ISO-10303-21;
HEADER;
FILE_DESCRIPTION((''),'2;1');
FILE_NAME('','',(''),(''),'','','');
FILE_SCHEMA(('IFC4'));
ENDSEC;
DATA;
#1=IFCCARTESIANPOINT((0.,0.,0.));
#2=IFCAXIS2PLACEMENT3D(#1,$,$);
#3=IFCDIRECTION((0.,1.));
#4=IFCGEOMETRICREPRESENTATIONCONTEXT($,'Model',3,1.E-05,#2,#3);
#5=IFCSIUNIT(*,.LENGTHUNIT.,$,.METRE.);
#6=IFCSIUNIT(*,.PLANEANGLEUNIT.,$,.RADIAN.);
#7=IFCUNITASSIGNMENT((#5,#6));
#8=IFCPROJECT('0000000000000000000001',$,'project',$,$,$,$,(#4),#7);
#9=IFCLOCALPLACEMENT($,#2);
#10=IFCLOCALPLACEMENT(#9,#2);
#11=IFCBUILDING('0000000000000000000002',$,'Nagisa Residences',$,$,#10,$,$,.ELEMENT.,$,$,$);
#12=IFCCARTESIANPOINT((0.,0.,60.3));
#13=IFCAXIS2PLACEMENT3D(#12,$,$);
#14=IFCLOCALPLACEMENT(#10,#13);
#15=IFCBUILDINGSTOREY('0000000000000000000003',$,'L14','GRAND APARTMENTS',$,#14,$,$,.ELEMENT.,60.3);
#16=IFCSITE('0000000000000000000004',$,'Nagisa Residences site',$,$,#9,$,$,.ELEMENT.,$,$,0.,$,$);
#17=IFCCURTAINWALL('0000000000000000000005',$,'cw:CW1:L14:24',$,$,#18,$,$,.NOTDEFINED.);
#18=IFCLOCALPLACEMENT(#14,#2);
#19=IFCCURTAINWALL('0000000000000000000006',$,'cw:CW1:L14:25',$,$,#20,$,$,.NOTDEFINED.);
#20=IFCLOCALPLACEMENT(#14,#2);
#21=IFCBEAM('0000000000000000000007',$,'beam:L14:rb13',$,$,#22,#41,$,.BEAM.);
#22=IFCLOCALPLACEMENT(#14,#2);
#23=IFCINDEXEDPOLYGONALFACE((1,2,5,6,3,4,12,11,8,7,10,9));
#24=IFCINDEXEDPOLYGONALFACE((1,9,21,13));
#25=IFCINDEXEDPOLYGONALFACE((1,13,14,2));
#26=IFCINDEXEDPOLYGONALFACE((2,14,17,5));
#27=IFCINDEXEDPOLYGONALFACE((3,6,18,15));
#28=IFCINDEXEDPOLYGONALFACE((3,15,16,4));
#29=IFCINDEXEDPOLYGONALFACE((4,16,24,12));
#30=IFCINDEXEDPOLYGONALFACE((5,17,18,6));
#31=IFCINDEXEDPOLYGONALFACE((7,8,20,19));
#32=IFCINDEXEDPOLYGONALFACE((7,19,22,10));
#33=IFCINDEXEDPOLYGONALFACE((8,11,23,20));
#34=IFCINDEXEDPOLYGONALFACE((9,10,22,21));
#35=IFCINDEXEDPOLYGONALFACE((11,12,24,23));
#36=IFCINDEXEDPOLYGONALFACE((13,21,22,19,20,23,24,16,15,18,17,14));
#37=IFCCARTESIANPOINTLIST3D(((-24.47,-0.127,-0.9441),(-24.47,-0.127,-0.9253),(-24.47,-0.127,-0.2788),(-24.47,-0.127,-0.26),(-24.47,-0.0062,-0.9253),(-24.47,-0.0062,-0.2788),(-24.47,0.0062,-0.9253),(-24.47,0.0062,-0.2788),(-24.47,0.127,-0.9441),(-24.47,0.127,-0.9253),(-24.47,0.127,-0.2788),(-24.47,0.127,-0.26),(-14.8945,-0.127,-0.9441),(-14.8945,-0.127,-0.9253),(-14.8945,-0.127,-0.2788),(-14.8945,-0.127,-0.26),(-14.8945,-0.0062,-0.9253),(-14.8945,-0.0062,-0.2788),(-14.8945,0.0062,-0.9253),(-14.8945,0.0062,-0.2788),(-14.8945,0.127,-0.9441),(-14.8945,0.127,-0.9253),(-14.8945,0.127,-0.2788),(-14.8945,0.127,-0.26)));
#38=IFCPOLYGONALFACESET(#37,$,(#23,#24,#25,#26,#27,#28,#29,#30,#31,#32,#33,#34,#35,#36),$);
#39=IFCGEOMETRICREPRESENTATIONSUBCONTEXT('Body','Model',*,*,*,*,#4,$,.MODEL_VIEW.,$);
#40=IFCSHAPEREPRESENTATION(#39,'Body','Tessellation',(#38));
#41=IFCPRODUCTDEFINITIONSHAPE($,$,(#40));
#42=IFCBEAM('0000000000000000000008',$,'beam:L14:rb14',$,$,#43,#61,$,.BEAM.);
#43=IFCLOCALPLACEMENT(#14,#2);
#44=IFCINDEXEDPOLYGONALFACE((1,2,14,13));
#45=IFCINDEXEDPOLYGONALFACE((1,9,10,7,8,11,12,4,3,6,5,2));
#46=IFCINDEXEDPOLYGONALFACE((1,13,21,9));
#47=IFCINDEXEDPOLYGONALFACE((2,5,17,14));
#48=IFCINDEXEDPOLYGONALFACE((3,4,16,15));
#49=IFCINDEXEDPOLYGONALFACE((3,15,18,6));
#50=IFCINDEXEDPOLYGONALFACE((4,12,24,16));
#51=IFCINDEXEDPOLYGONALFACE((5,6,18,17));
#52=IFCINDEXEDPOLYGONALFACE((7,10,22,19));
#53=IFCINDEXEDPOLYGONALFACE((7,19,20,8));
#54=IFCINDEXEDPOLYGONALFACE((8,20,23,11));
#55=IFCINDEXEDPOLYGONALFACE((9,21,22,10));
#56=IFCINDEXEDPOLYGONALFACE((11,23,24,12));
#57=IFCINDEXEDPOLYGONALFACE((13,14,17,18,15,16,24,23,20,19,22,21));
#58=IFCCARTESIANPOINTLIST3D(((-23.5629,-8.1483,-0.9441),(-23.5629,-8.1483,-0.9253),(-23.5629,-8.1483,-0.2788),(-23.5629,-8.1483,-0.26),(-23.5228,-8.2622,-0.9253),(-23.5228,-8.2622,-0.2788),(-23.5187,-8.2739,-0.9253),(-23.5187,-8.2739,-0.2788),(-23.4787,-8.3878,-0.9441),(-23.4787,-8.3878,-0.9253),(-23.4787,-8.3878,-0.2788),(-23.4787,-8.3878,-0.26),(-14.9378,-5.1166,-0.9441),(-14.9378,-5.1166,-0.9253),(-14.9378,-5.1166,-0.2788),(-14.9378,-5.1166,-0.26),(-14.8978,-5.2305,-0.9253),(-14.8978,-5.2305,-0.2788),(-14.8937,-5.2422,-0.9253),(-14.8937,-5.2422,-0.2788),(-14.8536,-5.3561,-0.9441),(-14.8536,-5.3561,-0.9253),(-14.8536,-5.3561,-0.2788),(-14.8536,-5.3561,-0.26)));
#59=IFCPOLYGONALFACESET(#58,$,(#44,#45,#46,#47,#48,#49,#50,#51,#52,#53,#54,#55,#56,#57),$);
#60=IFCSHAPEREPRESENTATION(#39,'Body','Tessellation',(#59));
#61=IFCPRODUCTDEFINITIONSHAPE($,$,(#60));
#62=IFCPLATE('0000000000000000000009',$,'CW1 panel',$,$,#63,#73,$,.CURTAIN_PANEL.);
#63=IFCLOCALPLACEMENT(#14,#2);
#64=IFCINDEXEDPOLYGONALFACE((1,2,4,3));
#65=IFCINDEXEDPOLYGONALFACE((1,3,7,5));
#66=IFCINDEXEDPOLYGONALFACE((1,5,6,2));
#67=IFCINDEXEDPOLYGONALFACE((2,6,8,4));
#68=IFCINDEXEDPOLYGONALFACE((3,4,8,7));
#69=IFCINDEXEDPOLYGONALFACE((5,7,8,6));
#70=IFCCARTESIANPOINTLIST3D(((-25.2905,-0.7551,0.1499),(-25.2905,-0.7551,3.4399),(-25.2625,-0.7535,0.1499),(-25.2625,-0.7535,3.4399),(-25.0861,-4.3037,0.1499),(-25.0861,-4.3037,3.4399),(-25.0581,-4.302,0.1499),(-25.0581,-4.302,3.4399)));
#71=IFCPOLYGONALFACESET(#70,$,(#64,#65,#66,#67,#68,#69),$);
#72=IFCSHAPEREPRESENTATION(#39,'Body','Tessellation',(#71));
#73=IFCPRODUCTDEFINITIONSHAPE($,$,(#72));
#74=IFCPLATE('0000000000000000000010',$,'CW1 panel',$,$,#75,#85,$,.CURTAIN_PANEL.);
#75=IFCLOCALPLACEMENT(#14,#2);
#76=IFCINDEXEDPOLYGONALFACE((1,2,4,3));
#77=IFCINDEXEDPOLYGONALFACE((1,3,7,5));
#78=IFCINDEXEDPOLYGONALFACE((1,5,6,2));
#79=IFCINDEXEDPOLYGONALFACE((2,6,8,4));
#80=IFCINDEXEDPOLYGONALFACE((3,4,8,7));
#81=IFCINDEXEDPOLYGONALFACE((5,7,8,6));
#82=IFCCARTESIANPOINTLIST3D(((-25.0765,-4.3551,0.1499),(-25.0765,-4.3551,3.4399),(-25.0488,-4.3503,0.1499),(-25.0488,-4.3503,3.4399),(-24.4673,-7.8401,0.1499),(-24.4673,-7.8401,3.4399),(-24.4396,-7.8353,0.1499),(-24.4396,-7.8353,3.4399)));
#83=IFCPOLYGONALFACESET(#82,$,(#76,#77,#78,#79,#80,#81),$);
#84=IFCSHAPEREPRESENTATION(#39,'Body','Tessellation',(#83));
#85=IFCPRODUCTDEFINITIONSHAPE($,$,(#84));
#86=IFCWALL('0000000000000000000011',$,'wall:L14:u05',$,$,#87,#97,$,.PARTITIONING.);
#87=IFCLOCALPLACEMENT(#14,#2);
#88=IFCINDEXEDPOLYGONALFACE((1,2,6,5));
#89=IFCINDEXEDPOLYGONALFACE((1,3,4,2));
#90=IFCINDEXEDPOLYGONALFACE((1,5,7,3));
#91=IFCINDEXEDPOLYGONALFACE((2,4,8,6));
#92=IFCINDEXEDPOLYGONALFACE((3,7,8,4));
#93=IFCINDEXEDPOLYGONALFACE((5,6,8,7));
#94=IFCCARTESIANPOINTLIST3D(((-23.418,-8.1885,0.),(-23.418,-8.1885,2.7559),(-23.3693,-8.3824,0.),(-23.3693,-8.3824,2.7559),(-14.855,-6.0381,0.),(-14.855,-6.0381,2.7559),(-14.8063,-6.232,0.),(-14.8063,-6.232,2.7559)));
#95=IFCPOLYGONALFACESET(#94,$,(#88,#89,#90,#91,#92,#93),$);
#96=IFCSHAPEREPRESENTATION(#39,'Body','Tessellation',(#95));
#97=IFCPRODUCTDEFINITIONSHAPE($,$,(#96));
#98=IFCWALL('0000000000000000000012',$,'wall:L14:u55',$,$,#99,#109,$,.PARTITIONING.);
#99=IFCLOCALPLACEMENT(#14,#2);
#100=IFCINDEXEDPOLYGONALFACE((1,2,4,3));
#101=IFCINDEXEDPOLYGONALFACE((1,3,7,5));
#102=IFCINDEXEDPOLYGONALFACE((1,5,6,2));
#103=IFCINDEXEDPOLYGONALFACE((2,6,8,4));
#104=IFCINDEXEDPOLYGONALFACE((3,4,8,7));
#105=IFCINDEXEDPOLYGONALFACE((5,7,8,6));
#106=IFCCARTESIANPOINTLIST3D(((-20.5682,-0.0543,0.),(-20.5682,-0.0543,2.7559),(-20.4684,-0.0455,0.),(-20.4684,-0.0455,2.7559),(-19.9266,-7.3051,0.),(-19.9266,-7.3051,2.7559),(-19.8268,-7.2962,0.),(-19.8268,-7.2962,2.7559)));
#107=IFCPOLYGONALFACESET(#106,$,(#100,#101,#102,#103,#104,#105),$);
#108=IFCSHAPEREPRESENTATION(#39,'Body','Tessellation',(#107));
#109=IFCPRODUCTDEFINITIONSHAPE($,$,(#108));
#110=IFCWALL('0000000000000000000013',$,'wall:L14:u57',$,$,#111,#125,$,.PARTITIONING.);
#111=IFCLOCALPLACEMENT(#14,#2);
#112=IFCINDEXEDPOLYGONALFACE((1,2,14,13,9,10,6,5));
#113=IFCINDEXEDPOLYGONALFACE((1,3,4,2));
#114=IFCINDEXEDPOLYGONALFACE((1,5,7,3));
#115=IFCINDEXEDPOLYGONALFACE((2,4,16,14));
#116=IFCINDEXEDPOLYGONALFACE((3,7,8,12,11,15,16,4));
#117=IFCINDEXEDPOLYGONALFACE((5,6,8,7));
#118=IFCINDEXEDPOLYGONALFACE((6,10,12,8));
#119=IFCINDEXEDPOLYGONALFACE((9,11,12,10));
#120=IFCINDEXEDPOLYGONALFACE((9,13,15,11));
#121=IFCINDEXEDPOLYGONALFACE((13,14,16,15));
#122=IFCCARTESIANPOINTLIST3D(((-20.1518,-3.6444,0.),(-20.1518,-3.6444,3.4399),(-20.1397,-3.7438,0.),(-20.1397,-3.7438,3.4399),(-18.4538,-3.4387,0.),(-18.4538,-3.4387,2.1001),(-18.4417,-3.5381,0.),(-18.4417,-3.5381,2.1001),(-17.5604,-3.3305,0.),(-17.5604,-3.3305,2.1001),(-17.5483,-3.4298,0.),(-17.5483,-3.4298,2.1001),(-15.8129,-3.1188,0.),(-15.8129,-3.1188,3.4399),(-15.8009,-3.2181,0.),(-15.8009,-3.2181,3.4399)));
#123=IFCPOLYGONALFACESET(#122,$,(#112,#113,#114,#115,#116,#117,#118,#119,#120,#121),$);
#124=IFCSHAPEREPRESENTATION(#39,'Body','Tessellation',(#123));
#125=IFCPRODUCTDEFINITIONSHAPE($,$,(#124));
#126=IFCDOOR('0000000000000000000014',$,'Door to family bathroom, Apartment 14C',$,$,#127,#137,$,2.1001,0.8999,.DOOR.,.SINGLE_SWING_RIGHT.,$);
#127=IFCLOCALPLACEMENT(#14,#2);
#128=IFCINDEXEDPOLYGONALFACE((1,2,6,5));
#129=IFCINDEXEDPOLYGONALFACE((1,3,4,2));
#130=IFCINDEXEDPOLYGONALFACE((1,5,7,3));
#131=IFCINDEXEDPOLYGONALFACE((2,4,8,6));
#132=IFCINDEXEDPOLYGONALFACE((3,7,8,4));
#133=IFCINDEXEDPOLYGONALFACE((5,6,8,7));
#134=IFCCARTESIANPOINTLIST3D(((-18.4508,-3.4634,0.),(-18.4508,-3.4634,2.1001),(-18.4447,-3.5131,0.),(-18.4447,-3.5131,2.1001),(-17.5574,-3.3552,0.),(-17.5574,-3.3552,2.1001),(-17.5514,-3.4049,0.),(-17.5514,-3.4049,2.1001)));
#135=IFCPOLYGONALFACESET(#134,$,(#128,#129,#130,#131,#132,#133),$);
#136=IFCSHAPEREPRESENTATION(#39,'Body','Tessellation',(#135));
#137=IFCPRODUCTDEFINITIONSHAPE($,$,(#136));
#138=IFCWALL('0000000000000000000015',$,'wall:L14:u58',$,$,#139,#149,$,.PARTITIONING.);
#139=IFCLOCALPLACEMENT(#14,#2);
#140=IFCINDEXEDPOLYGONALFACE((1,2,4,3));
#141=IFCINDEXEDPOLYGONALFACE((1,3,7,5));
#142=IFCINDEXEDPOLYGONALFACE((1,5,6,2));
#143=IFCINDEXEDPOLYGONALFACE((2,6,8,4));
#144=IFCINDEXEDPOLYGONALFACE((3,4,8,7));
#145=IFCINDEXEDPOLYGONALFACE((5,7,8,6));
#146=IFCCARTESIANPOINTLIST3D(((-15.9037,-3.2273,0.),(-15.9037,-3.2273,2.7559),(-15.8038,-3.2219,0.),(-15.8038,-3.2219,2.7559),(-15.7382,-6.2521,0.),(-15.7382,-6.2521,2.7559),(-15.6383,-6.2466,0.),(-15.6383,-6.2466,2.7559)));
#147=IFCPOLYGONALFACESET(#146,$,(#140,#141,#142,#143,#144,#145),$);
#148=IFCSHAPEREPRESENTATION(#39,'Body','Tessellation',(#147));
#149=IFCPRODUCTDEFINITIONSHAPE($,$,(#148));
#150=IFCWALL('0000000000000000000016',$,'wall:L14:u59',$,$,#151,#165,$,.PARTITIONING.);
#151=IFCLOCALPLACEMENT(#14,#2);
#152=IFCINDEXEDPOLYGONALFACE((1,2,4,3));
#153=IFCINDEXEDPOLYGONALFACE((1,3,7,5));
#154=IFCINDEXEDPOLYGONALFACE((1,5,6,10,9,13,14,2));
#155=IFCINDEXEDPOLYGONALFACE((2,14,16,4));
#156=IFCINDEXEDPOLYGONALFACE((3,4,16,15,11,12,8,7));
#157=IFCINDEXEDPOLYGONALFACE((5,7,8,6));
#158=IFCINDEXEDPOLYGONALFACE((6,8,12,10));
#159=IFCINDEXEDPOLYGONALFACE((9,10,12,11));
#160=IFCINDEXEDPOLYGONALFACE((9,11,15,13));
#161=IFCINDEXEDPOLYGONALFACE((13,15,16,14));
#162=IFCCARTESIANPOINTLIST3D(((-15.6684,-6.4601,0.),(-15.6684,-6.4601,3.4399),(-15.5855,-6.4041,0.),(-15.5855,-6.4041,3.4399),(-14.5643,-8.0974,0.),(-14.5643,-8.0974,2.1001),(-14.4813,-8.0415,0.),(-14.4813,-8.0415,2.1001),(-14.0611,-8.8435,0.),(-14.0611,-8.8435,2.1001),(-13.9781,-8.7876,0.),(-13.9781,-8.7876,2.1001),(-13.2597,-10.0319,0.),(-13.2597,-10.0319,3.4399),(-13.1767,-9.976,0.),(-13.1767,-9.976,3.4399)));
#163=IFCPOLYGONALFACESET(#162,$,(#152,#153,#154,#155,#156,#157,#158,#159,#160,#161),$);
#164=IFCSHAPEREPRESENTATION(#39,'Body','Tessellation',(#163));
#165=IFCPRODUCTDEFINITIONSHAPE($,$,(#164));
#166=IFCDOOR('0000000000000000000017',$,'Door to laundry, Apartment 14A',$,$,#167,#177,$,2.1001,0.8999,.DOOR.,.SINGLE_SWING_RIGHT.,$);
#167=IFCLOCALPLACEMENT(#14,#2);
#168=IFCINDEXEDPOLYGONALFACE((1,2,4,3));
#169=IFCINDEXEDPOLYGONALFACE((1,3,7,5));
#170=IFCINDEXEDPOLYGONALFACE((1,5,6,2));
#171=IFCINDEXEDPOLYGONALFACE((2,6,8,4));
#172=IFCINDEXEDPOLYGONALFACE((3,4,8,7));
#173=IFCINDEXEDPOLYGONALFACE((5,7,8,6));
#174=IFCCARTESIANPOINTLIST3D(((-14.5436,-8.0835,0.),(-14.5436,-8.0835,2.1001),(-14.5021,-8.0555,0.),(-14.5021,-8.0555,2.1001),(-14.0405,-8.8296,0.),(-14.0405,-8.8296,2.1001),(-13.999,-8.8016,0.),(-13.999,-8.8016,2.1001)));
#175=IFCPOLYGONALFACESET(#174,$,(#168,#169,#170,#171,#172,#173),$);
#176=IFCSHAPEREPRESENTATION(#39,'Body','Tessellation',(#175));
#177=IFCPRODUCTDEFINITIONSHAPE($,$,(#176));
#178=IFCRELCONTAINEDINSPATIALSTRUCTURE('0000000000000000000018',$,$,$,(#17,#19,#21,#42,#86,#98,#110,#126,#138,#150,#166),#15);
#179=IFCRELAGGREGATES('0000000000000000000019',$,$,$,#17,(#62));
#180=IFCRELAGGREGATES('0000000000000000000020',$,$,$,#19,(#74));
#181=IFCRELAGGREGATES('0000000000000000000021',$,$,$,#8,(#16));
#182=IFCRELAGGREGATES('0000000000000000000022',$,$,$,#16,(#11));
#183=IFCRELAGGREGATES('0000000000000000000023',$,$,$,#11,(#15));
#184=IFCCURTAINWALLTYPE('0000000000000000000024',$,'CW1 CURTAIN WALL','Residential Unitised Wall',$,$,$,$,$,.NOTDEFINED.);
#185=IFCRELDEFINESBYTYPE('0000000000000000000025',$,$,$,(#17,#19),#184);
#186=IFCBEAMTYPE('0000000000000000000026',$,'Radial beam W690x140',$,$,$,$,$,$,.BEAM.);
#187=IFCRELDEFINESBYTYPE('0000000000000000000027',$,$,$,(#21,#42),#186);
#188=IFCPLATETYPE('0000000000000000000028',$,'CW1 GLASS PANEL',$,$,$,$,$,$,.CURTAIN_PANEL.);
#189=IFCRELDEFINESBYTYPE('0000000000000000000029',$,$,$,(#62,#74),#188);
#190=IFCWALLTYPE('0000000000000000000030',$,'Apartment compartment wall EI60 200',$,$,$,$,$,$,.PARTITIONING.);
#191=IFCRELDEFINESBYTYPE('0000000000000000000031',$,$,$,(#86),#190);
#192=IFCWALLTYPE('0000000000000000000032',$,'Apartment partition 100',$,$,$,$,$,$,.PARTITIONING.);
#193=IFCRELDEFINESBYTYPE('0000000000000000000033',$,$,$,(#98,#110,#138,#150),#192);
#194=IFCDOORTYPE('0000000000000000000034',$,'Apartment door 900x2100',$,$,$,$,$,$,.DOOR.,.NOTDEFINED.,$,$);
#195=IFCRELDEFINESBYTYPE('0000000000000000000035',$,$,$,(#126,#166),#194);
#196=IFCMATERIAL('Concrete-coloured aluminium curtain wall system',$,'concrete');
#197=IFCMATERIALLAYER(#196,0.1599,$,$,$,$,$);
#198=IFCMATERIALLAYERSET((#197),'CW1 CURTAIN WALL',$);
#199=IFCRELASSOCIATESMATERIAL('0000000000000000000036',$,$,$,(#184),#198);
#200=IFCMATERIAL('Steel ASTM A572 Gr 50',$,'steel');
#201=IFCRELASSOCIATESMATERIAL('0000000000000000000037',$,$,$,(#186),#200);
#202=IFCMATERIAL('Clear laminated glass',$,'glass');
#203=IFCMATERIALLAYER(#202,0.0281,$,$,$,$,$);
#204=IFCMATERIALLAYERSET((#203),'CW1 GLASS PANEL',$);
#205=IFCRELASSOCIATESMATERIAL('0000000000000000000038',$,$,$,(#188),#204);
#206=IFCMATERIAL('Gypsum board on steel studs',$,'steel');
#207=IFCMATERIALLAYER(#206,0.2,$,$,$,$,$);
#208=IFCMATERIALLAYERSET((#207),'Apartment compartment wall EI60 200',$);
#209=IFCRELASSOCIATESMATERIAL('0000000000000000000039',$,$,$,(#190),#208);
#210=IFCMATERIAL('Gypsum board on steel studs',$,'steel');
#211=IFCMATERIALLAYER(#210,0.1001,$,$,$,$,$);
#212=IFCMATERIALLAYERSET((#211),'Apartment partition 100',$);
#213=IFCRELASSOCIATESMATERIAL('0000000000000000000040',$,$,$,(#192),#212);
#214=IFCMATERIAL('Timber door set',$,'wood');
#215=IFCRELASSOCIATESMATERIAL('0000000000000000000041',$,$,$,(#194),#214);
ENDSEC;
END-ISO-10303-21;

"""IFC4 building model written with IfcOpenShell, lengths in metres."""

from ifc_helpers import new_model, si_unit, direction, frame, frame_2d, origin, origin_2d, place, context, subcontext, project, spatial, rectangle, i_section, extrude, material, layer, layer_set, material_profile, profile_set, type_object, element, fill, aggregate, save


model = new_model("IFC4")

# Units and contexts
model_context = context("Model", 3, precision=1e-05, world=origin(), true_north=direction((0.0, 1.0)))
body_context = subcontext(model_context, "Body", "Model", "MODEL_VIEW")
ifc_project = project(units=[si_unit("LENGTHUNIT", "METRE"), si_unit("PLANEANGLEUNIT", "RADIAN")], contexts=[model_context])

# Site, building, storey
site_placement = place(None, origin())
site = spatial("IfcSite", under=ifc_project, at=site_placement, Name="Nagisa Residences site", CompositionType="ELEMENT", RefElevation=0.0)
building_placement = place(site_placement, origin())
building = spatial("IfcBuilding", under=site, at=building_placement, Name="Nagisa Residences", CompositionType="ELEMENT")
storey_placement = place(building_placement, frame((0.0, 0.0, 60.3)))
storey = spatial("IfcBuildingStorey", under=building, at=storey_placement, Name="L14", Description="GRAND APARTMENTS", CompositionType="ELEMENT", Elevation=60.3)

# Curtain walls
ifc_material_1 = material(Name="Concrete-coloured aluminium curtain wall system", Category="concrete")
ifc_layer_1 = layer(ifc_material_1, 0.1599)
ifc_layer_set_1 = layer_set([ifc_layer_1], Name="CW1 CURTAIN WALL")
curtain_wall_type = type_object("IfcCurtainWallType", Name="CW1 CURTAIN WALL", Description="Residential Unitised Wall", PredefinedType="NOTDEFINED", material=ifc_layer_set_1)
curtain_wall_1_placement = place(storey_placement, origin())
curtain_wall_1 = element("IfcCurtainWall", 1, at=curtain_wall_1_placement, inside=storey, type_object=curtain_wall_type, Name="cw:CW1:L14:24", PredefinedType="NOTDEFINED")
curtain_wall_2_placement = place(storey_placement, origin())
curtain_wall_2 = element("IfcCurtainWall", 2, at=curtain_wall_2_placement, inside=storey, type_object=curtain_wall_type, Name="cw:CW1:L14:25", PredefinedType="NOTDEFINED")

# Beams
ifc_material_2 = material(Name="Steel ASTM A572 Gr 50", Category="steel")
ifc_material_profile_1 = material_profile(ifc_material_2, i_section(OverallWidth=0.2539, OverallDepth=0.6841, WebThickness=0.0125, FlangeThickness=0.0188, at=origin_2d()), Name="W690x140")
ifc_profile_set_1 = profile_set([ifc_material_profile_1], Name="Steel ASTM A572 Gr 50")
beam_type_1 = type_object("IfcBeamType", Name="Radial beam W690x140", PredefinedType="BEAM", material=ifc_profile_set_1)
beam_1_placement = place(storey_placement, frame((-24.47, 0.0, -0.6021), z_axis=(1.0, 0.0, 0.0), x_axis=(0.0, 1.0, 0.0)))
element("IfcBeam", 3, at=beam_1_placement, inside=storey, type_object=beam_type_1, Name="beam:L14:rb13", PredefinedType="BEAM", context=body_context, shape_type="SweptSolid", body=[
    extrude(i_section(OverallWidth=0.2539, OverallDepth=0.6841, WebThickness=0.0125, FlangeThickness=0.0188, at=origin_2d()), origin(), (0.0, 0.0, 1.0), 9.5754),
])
beam_2_placement = place(storey_placement, frame((-23.5208, -8.2681, -0.6021), z_axis=(0.943415, 0.331616, 0.0), x_axis=(-0.331616, 0.943415, 0.0)))
element("IfcBeam", 4, at=beam_2_placement, inside=storey, type_object=beam_type_1, Name="beam:L14:rb14", PredefinedType="BEAM", context=body_context, shape_type="SweptSolid", body=[
    extrude(i_section(OverallWidth=0.2539, OverallDepth=0.6841, WebThickness=0.0125, FlangeThickness=0.0188, at=origin_2d()), origin(), (0.0, 0.0, 1.0), 9.1423),
])

# Plates
ifc_material_3 = material(Name="Clear laminated glass", Category="glass")
ifc_layer_2 = layer(ifc_material_3, 0.0281)
ifc_layer_set_2 = layer_set([ifc_layer_2], Name="CW1 GLASS PANEL")
plate_type = type_object("IfcPlateType", Name="CW1 GLASS PANEL", PredefinedType="CURTAIN_PANEL", material=ifc_layer_set_2)
plate_1_placement = place(storey_placement, frame((-25.1743, -2.5286, 0.1499), z_axis=(0.0, 0.0, 1.0), x_axis=(0.057503, -0.998345, 0.0)))
plate_1 = element("IfcPlate", 5, at=plate_1_placement, type_object=plate_type, Name="CW1 panel", PredefinedType="CURTAIN_PANEL", context=body_context, shape_type="SweptSolid", body=[
    extrude(rectangle(XDim=3.5544, YDim=0.0281, at=origin_2d()), origin(), (0.0, 0.0, 1.0), 3.29),
])
aggregate(curtain_wall_1, [plate_1])
plate_2_placement = place(storey_placement, frame((-24.7581, -6.0952, 0.1499), z_axis=(0.0, 0.0, 1.0), x_axis=(0.172191, -0.985064, 0.0)))
plate_2 = element("IfcPlate", 6, at=plate_2_placement, type_object=plate_type, Name="CW1 panel", PredefinedType="CURTAIN_PANEL", context=body_context, shape_type="SweptSolid", body=[
    extrude(rectangle(XDim=3.5378, YDim=0.0281, at=origin_2d()), origin(), (0.0, 0.0, 1.0), 3.29),
])
aggregate(curtain_wall_2, [plate_2])

# Walls
ifc_material_4 = material(Name="Gypsum board on steel studs", Category="steel")
ifc_layer_3 = layer(ifc_material_4, 0.2)
ifc_layer_set_3 = layer_set([ifc_layer_3], Name="Apartment compartment wall EI60 200")
wall_type_1 = type_object("IfcWallType", Name="Apartment compartment wall EI60 200", PredefinedType="PARTITIONING", material=ifc_layer_set_3)
wall_1_placement = place(storey_placement, frame((-14.8306, -6.135, 0.0), z_axis=(0.0, 0.0, 1.0), x_axis=(-0.969885, -0.243564, 0.0)))
element("IfcWall", 7, at=wall_1_placement, inside=storey, type_object=wall_type_1, Name="wall:L14:u05", PredefinedType="PARTITIONING", context=body_context, shape_type="SweptSolid", body=[
    extrude(rectangle(XDim=8.8289, YDim=0.2, at=frame_2d((4.4146, 0.0))), origin(), (0.0, 0.0, 1.0), 2.7559),
])
ifc_material_5 = material(Name="Gypsum board on steel studs", Category="steel")
ifc_layer_4 = layer(ifc_material_5, 0.1001)
ifc_layer_set_4 = layer_set([ifc_layer_4], Name="Apartment partition 100")
wall_type_2 = type_object("IfcWallType", Name="Apartment partition 100", PredefinedType="PARTITIONING", material=ifc_layer_set_4)
wall_2_placement = place(storey_placement, frame((-20.5183, -0.0498, 0.0), z_axis=(0.0, 0.0, 1.0), x_axis=(0.088143, -0.996108, 0.0)))
element("IfcWall", 8, at=wall_2_placement, inside=storey, type_object=wall_type_2, Name="wall:L14:u55", PredefinedType="PARTITIONING", context=body_context, shape_type="SweptSolid", body=[
    extrude(rectangle(XDim=7.2791, YDim=0.1001, at=frame_2d((3.6396, 0.0))), origin(), (0.0, 0.0, 1.0), 2.7559),
])

# Wall, opening, door
wall_3_placement = place(storey_placement, frame((-15.8069, -3.1685, 0.0), z_axis=(0.0, 0.0, 1.0), x_axis=(-0.992742, -0.120266, 0.0)))
wall_3 = element("IfcWall", 9, at=wall_3_placement, inside=storey, type_object=wall_type_2, Name="wall:L14:u57", PredefinedType="PARTITIONING", context=body_context, shape_type="SweptSolid", body=[
    extrude(rectangle(XDim=4.3706, YDim=0.1001, at=frame_2d((2.1853, 0.0))), origin(), (0.0, 0.0, 1.0), 3.4399),
])
opening_1_placement = place(wall_3_placement, frame((1.7603, 0.0, 0.0)))
opening_1 = element("IfcOpeningElement", 10, at=opening_1_placement, cuts=wall_3, PredefinedType="OPENING", context=body_context, shape_type="SweptSolid", body=[
    extrude(rectangle(XDim=0.8999, YDim=2.1001, at=frame_2d((0.45, 1.05))), frame((0.0, 0.0601, 0.0), z_axis=(0.0, -1.0, 0.0), x_axis=(1.0, 0.0, 0.0)), (0.0, 0.0, 1.0), 0.1201),
])
ifc_material_6 = material(Name="Timber door set", Category="wood")
door_type_1 = type_object("IfcDoorType", Name="Apartment door 900x2100", OperationType="NOTDEFINED", PredefinedType="DOOR", material=ifc_material_6)
door_1_placement = place(opening_1_placement, origin())
door_1 = element("IfcDoor", 11, at=door_1_placement, inside=storey, type_object=door_type_1, Name="Door to family bathroom, Apartment 14C", OperationType="SINGLE_SWING_RIGHT", OverallHeight=2.1001, OverallWidth=0.8999, PredefinedType="DOOR", context=body_context, shape_type="SweptSolid", body=[
    extrude(rectangle(XDim=0.8999, YDim=2.1001, at=frame_2d((0.45, 1.05))), frame((0.0, 0.0249, 0.0), z_axis=(0.0, -1.0, 0.0), x_axis=(1.0, 0.0, 0.0)), (0.0, 0.0, 1.0), 0.05),
])
fill(opening_1, door_1)

# Wall
wall_4_placement = place(storey_placement, frame((-15.8538, -3.2246, 0.0), z_axis=(0.0, 0.0, 1.0), x_axis=(0.054644, -0.998506, 0.0)))
element("IfcWall", 12, at=wall_4_placement, inside=storey, type_object=wall_type_2, Name="wall:L14:u58", PredefinedType="PARTITIONING", context=body_context, shape_type="SweptSolid", body=[
    extrude(rectangle(XDim=3.0293, YDim=0.1001, at=frame_2d((1.5146, 0.0))), origin(), (0.0, 0.0, 1.0), 2.7559),
])

# Wall, opening, door
wall_5_placement = place(storey_placement, frame((-15.627, -6.4321, 0.0), z_axis=(0.0, 0.0, 1.0), x_axis=(0.559113, -0.829092, 0.0)))
wall_5 = element("IfcWall", 13, at=wall_5_placement, inside=storey, type_object=wall_type_2, Name="wall:L14:u59", PredefinedType="PARTITIONING", context=body_context, shape_type="SweptSolid", body=[
    extrude(rectangle(XDim=4.3081, YDim=0.1001, at=frame_2d((2.1541, 0.0))), origin(), (0.0, 0.0, 1.0), 3.4399),
])
opening_2_placement = place(wall_5_placement, frame((1.9749, 0.0, 0.0)))
opening_2 = element("IfcOpeningElement", 14, at=opening_2_placement, cuts=wall_5, PredefinedType="OPENING", context=body_context, shape_type="SweptSolid", body=[
    extrude(rectangle(XDim=0.8999, YDim=2.1001, at=frame_2d((0.45, 1.05))), frame((0.0, 0.0601, 0.0), z_axis=(0.0, -1.0, 0.0), x_axis=(1.0, 0.0, 0.0)), (0.0, 0.0, 1.0), 0.1201),
])
door_2_placement = place(opening_2_placement, origin())
door_2 = element("IfcDoor", 15, at=door_2_placement, inside=storey, type_object=door_type_1, Name="Door to laundry, Apartment 14A", OperationType="SINGLE_SWING_RIGHT", OverallHeight=2.1001, OverallWidth=0.8999, PredefinedType="DOOR", context=body_context, shape_type="SweptSolid", body=[
    extrude(rectangle(XDim=0.8999, YDim=2.1001, at=frame_2d((0.45, 1.05))), frame((0.0, 0.0249, 0.0), z_axis=(0.0, -1.0, 0.0), x_axis=(1.0, 0.0, 0.0)), (0.0, 0.0, 1.0), 0.05),
])
fill(opening_2, door_2)

save(model, "model.ifc")
